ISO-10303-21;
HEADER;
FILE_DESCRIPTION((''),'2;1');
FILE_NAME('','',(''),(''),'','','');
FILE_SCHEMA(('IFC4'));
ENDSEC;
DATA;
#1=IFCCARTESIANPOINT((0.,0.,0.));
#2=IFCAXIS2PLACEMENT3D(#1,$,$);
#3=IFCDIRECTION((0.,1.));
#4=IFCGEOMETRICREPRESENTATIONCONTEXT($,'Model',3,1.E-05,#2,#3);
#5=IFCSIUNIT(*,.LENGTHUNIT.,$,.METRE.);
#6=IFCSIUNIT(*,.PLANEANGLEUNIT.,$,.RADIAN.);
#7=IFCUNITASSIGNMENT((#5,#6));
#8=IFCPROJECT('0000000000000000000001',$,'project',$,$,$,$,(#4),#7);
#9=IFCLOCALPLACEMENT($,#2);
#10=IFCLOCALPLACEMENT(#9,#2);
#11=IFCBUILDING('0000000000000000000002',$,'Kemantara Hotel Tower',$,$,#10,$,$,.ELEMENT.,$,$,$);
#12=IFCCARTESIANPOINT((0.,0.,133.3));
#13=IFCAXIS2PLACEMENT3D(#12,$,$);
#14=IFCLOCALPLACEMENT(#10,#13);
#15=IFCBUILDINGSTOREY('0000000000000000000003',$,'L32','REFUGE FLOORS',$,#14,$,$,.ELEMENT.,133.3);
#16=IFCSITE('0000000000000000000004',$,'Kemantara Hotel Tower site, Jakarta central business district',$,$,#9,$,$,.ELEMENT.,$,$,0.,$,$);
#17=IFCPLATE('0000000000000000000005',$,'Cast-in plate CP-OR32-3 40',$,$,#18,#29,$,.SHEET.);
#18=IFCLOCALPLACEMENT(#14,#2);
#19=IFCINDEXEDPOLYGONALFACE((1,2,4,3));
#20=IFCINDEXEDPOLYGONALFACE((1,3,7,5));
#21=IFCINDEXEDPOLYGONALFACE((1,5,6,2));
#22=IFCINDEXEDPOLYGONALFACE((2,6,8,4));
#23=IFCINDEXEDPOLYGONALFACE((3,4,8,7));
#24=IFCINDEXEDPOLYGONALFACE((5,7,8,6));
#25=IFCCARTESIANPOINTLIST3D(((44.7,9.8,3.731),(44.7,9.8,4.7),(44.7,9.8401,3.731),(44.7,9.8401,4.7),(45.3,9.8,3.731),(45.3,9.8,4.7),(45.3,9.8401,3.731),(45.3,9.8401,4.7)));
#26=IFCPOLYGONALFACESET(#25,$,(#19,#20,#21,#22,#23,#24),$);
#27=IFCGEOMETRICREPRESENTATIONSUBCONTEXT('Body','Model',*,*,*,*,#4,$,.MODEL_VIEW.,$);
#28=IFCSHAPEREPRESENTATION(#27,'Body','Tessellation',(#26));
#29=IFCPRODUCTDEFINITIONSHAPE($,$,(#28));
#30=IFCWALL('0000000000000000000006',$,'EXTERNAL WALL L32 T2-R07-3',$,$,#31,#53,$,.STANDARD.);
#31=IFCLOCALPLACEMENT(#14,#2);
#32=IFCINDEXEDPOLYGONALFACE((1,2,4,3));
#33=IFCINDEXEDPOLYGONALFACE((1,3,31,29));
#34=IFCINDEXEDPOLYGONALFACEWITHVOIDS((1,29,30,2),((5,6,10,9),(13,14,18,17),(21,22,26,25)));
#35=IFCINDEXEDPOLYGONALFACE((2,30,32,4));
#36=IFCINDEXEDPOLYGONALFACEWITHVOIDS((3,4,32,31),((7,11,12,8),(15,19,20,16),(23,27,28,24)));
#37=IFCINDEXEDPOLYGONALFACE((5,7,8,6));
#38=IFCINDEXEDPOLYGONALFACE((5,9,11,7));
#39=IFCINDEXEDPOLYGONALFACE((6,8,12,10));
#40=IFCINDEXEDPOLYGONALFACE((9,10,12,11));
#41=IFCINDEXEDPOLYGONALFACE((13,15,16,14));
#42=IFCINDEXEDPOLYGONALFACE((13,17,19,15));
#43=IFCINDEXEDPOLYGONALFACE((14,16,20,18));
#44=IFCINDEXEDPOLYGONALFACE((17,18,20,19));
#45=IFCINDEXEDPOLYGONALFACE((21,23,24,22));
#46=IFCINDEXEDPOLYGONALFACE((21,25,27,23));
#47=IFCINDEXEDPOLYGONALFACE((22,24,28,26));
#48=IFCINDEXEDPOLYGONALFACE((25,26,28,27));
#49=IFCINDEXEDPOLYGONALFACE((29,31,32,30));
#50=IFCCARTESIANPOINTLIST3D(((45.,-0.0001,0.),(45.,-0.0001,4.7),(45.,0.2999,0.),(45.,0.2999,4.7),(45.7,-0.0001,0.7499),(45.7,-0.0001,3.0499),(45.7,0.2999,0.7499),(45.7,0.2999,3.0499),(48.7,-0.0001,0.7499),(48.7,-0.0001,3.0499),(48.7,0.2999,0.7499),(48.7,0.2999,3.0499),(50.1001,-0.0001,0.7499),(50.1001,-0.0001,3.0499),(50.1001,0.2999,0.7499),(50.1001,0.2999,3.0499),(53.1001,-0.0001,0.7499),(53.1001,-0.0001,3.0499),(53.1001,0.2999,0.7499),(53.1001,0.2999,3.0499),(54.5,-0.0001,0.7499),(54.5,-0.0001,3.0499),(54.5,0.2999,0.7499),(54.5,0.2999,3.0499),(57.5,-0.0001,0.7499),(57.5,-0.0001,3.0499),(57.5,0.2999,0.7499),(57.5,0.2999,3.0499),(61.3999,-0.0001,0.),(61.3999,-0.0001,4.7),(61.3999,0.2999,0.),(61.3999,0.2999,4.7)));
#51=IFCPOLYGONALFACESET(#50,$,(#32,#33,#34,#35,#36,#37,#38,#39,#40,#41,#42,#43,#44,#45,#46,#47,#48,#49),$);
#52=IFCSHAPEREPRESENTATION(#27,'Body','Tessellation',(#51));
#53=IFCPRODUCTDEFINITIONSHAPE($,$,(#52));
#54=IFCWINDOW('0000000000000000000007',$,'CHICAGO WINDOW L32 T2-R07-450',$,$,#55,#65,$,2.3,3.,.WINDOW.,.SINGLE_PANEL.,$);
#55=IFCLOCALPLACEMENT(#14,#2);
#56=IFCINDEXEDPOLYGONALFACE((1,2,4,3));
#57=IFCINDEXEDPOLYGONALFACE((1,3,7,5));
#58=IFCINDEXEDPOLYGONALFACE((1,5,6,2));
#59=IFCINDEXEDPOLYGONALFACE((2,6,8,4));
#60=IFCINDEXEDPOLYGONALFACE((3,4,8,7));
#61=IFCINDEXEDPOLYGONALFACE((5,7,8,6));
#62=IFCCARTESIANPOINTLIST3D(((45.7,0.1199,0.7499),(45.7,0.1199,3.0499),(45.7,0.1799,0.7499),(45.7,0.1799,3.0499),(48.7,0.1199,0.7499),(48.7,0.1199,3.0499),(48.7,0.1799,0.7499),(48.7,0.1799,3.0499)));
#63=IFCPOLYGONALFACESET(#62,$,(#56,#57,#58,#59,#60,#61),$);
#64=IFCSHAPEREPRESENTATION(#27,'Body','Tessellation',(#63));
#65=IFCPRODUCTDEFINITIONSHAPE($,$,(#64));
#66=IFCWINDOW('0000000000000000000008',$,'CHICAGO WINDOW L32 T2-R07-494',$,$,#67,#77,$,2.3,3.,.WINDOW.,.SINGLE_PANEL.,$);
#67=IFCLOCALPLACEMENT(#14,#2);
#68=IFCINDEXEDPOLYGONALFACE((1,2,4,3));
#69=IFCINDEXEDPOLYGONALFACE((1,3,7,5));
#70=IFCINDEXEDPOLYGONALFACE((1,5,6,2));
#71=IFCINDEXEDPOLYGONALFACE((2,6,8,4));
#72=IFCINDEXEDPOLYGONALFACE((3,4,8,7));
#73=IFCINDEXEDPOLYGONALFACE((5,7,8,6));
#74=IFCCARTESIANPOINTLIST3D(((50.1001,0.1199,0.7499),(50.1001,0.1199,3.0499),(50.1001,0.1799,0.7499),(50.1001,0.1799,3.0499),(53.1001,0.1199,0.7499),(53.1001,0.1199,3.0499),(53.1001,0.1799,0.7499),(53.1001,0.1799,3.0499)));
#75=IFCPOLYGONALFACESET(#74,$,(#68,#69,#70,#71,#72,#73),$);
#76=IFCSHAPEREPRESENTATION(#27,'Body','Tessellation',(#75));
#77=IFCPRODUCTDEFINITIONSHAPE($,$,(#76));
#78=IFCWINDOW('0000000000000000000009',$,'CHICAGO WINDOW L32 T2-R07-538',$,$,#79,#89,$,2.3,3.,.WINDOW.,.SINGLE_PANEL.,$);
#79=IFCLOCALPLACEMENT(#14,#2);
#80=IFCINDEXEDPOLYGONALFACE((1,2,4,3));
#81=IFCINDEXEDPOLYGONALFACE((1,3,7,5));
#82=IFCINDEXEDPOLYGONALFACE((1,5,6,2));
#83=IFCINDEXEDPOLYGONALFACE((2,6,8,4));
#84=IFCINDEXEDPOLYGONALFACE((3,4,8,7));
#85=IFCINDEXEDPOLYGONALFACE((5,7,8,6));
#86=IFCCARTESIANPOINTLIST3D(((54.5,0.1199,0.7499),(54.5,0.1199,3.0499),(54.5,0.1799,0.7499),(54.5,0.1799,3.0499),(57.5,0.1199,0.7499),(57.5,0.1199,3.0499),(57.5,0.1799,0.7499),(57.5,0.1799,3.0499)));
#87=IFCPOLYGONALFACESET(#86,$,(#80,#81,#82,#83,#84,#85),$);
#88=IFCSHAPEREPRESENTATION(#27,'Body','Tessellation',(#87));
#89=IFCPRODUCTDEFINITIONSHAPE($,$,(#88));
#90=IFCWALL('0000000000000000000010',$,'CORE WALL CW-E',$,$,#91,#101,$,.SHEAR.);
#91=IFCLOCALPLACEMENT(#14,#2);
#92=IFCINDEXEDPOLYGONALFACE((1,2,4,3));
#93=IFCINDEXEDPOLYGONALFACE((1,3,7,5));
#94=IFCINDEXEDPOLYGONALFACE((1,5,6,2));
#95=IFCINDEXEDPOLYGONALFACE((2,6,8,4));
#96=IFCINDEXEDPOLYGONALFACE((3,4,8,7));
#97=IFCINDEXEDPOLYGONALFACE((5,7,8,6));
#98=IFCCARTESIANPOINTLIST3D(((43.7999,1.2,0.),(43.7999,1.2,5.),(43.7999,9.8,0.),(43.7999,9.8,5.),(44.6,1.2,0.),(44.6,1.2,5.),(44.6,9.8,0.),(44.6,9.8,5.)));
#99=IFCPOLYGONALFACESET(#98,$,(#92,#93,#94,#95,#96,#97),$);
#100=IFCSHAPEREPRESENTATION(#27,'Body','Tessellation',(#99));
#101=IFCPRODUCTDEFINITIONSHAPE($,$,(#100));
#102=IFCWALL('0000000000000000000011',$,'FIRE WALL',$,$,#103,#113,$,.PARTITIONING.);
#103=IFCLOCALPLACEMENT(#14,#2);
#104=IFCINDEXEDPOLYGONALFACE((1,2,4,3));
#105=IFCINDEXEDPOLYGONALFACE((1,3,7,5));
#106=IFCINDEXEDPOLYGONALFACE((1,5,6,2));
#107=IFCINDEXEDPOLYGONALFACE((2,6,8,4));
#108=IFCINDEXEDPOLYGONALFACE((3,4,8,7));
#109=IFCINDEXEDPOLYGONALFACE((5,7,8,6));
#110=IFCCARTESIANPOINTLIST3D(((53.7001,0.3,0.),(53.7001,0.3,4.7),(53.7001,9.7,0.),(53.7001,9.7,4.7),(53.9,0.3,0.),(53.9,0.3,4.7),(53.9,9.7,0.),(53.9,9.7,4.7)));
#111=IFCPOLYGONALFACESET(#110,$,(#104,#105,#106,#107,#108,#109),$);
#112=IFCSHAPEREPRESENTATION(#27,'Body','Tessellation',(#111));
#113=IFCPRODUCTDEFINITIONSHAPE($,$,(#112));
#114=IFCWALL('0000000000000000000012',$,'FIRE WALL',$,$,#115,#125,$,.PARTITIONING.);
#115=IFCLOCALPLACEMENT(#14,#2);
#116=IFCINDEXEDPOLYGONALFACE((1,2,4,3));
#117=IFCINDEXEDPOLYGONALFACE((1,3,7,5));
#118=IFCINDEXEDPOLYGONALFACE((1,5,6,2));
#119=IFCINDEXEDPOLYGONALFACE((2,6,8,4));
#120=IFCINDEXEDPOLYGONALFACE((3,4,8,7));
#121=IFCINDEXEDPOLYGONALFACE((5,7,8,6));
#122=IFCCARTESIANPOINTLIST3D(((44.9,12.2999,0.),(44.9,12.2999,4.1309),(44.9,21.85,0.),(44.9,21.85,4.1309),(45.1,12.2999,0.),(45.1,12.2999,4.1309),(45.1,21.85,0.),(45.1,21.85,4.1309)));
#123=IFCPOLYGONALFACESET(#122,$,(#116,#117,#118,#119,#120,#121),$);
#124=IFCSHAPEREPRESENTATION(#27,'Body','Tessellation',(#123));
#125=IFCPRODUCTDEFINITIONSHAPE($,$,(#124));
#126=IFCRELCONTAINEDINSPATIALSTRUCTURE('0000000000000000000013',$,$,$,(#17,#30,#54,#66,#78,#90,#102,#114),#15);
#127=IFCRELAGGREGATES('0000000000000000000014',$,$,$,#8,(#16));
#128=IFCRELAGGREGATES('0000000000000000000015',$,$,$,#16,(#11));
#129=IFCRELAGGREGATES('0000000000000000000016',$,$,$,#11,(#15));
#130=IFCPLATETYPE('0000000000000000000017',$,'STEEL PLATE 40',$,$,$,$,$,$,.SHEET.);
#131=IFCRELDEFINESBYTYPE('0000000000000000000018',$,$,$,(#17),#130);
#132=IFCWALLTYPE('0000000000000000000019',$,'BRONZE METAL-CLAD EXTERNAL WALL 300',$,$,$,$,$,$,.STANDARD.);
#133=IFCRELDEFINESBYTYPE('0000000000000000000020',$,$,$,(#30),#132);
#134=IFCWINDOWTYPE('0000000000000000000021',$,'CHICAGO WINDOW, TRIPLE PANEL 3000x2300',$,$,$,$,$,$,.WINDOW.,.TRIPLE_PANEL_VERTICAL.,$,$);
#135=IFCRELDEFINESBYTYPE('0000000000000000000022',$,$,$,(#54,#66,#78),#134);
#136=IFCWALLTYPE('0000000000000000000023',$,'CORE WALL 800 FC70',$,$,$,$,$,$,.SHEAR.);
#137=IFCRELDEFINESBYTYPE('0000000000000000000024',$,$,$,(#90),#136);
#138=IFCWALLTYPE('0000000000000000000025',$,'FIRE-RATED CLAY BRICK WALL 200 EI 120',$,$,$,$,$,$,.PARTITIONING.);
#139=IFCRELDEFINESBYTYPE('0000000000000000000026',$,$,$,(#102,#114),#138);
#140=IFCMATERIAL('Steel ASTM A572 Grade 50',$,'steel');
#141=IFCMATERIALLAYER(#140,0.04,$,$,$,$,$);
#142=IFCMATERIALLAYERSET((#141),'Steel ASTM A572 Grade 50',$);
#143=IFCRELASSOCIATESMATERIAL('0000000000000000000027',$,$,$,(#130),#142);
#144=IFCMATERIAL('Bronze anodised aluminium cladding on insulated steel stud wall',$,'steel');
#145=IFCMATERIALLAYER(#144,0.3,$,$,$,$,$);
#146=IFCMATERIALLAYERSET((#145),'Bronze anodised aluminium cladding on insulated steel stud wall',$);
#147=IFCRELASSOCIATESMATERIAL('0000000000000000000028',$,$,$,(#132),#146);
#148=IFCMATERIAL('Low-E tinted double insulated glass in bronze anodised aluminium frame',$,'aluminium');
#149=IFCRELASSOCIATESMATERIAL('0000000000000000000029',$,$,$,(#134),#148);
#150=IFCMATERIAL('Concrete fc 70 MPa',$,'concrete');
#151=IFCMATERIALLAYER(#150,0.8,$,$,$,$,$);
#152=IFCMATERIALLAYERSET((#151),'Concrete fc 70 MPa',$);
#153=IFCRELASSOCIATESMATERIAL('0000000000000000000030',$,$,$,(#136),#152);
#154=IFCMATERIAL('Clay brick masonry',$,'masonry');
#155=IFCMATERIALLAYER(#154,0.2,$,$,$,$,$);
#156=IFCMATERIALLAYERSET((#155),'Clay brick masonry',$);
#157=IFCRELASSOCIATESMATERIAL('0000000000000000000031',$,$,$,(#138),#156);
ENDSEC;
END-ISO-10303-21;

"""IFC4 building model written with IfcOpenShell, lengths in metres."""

from ifc_helpers import new_model, si_unit, direction, frame, frame_2d, origin, origin_2d, place, context, subcontext, project, spatial, rectangle, extrude, source, transform, mapped, material, layer, layer_set, type_object, element, fill, save


model = new_model("IFC4")

# Units and contexts
model_context = context("Model", 3, precision=1e-05, world=origin(), true_north=direction((0.0, 1.0)))
body_context = subcontext(model_context, "Body", "Model", "MODEL_VIEW")
ifc_project = project(units=[si_unit("LENGTHUNIT", "METRE"), si_unit("PLANEANGLEUNIT", "RADIAN")], contexts=[model_context])

# Site, building, storey
site_placement = place(None, origin())
site = spatial("IfcSite", under=ifc_project, at=site_placement, Name="Kemantara Hotel Tower site, Jakarta central business district", CompositionType="ELEMENT", RefElevation=0.0)
building_placement = place(site_placement, origin())
building = spatial("IfcBuilding", under=site, at=building_placement, Name="Kemantara Hotel Tower", CompositionType="ELEMENT")
storey_placement = place(building_placement, frame((0.0, 0.0, 133.3)))
storey = spatial("IfcBuildingStorey", under=building, at=storey_placement, Name="L32", Description="REFUGE FLOORS", CompositionType="ELEMENT", Elevation=133.3)

# Shared definitions
ifc_material_1 = material(Name="Concrete fc 70 MPa", Category="concrete")

# Plate
ifc_material_2 = material(Name="Steel ASTM A572 Grade 50", Category="steel")
ifc_layer_1 = layer(ifc_material_2, 0.04)
ifc_layer_set_1 = layer_set([ifc_layer_1], Name="Steel ASTM A572 Grade 50")
plate_type = type_object("IfcPlateType", Name="STEEL PLATE 40", PredefinedType="SHEET", material=ifc_layer_set_1)
shared_shape_1 = source(origin(), body_context, "Body", "SweptSolid", [
    extrude(rectangle(XDim=0.6001, YDim=0.04, at=origin_2d()), origin(), (0.0, 0.0, 1.0), 0.969),
])
plate_placement = place(storey_placement, frame((45.0, 9.8201, 3.731), z_axis=(0.0, 0.0, 1.0), x_axis=(1.0, 0.0, 0.0)))
element("IfcPlate", 1, at=plate_placement, inside=storey, type_object=plate_type, Name="Cast-in plate CP-OR32-3 40", PredefinedType="SHEET", context=body_context, shape_type="MappedRepresentation", body=[
    mapped(shared_shape_1, transform((0.0, 0.0, 0.0))),
])

# Wall, openings, windows
ifc_material_3 = material(Name="Bronze anodised aluminium cladding on insulated steel stud wall", Category="steel")
ifc_layer_2 = layer(ifc_material_3, 0.3)
ifc_layer_set_2 = layer_set([ifc_layer_2], Name="Bronze anodised aluminium cladding on insulated steel stud wall")
wall_type_1 = type_object("IfcWallType", Name="BRONZE METAL-CLAD EXTERNAL WALL 300", PredefinedType="STANDARD", material=ifc_layer_set_2)
wall_1_placement = place(storey_placement, frame((45.0, 0.1499, 0.0), z_axis=(0.0, 0.0, 1.0), x_axis=(1.0, 0.0, 0.0)))
wall_1 = element("IfcWall", 2, at=wall_1_placement, inside=storey, type_object=wall_type_1, Name="EXTERNAL WALL L32 T2-R07-3", PredefinedType="STANDARD", context=body_context, shape_type="SweptSolid", body=[
    extrude(rectangle(XDim=16.3999, YDim=0.3, at=frame_2d((8.2, 0.0))), origin(), (0.0, 0.0, 1.0), 4.7),
])
opening_1_placement = place(wall_1_placement, frame((0.7, 0.0, 0.75)))
opening_1 = element("IfcOpeningElement", 3, at=opening_1_placement, cuts=wall_1, PredefinedType="OPENING", context=body_context, shape_type="SweptSolid", body=[
    extrude(rectangle(XDim=3.0, YDim=2.3, at=frame_2d((1.5, 1.1499))), frame((0.0, 0.1599, 0.0), z_axis=(0.0, -1.0, 0.0), x_axis=(1.0, 0.0, 0.0)), (0.0, 0.0, 1.0), 0.3201),
])
opening_2_placement = place(wall_1_placement, frame((5.1001, 0.0, 0.75)))
opening_2 = element("IfcOpeningElement", 4, at=opening_2_placement, cuts=wall_1, PredefinedType="OPENING", context=body_context, shape_type="SweptSolid", body=[
    extrude(rectangle(XDim=3.0, YDim=2.3, at=frame_2d((1.5, 1.1499))), frame((0.0, 0.1599, 0.0), z_axis=(0.0, -1.0, 0.0), x_axis=(1.0, 0.0, 0.0)), (0.0, 0.0, 1.0), 0.3201),
])
opening_3_placement = place(wall_1_placement, frame((9.5, 0.0, 0.75)))
opening_3 = element("IfcOpeningElement", 5, at=opening_3_placement, cuts=wall_1, PredefinedType="OPENING", context=body_context, shape_type="SweptSolid", body=[
    extrude(rectangle(XDim=3.0, YDim=2.3, at=frame_2d((1.5, 1.1499))), frame((0.0, 0.1599, 0.0), z_axis=(0.0, -1.0, 0.0), x_axis=(1.0, 0.0, 0.0)), (0.0, 0.0, 1.0), 0.3201),
])
ifc_material_4 = material(Name="Low-E tinted double insulated glass in bronze anodised aluminium frame", Category="aluminium")
window_type = type_object("IfcWindowType", Name="CHICAGO WINDOW, TRIPLE PANEL 3000x2300", PartitioningType="TRIPLE_PANEL_VERTICAL", PredefinedType="WINDOW", material=ifc_material_4)
window_1_placement = place(opening_1_placement, origin())
window_1 = element("IfcWindow", 6, at=window_1_placement, inside=storey, type_object=window_type, Name="CHICAGO WINDOW L32 T2-R07-450", OverallHeight=2.3, OverallWidth=3.0, PartitioningType="SINGLE_PANEL", PredefinedType="WINDOW", context=body_context, shape_type="SweptSolid", body=[
    extrude(rectangle(XDim=3.0, YDim=2.3, at=frame_2d((1.5, 1.1499))), frame((0.0, 0.03, 0.0), z_axis=(0.0, -1.0, 0.0), x_axis=(1.0, 0.0, 0.0)), (0.0, 0.0, 1.0), 0.0601),
])
fill(opening_1, window_1)
window_2_placement = place(opening_2_placement, origin())
window_2 = element("IfcWindow", 7, at=window_2_placement, inside=storey, type_object=window_type, Name="CHICAGO WINDOW L32 T2-R07-494", OverallHeight=2.3, OverallWidth=3.0, PartitioningType="SINGLE_PANEL", PredefinedType="WINDOW", context=body_context, shape_type="SweptSolid", body=[
    extrude(rectangle(XDim=3.0, YDim=2.3, at=frame_2d((1.5, 1.1499))), frame((0.0, 0.03, 0.0), z_axis=(0.0, -1.0, 0.0), x_axis=(1.0, 0.0, 0.0)), (0.0, 0.0, 1.0), 0.0601),
])
fill(opening_2, window_2)
window_3_placement = place(opening_3_placement, origin())
window_3 = element("IfcWindow", 8, at=window_3_placement, inside=storey, type_object=window_type, Name="CHICAGO WINDOW L32 T2-R07-538", OverallHeight=2.3, OverallWidth=3.0, PartitioningType="SINGLE_PANEL", PredefinedType="WINDOW", context=body_context, shape_type="SweptSolid", body=[
    extrude(rectangle(XDim=3.0, YDim=2.3, at=frame_2d((1.5, 1.1499))), frame((0.0, 0.03, 0.0), z_axis=(0.0, -1.0, 0.0), x_axis=(1.0, 0.0, 0.0)), (0.0, 0.0, 1.0), 0.0601),
])
fill(opening_3, window_3)

# Walls
ifc_layer_3 = layer(ifc_material_1, 0.8)
ifc_layer_set_3 = layer_set([ifc_layer_3], Name="Concrete fc 70 MPa")
wall_type_2 = type_object("IfcWallType", Name="CORE WALL 800 FC70", PredefinedType="SHEAR", material=ifc_layer_set_3)
wall_2_placement = place(storey_placement, frame((44.2, 1.2, 0.0), z_axis=(0.0, 0.0, 1.0), x_axis=(0.0, 1.0, 0.0)))
element("IfcWall", 9, at=wall_2_placement, inside=storey, type_object=wall_type_2, Name="CORE WALL CW-E", PredefinedType="SHEAR", context=body_context, shape_type="SweptSolid", body=[
    extrude(rectangle(XDim=8.6001, YDim=0.8, at=frame_2d((4.3, 0.0))), origin(), (0.0, 0.0, 1.0), 5.0),
])
ifc_material_5 = material(Name="Clay brick masonry", Category="masonry")
ifc_layer_4 = layer(ifc_material_5, 0.2)
ifc_layer_set_4 = layer_set([ifc_layer_4], Name="Clay brick masonry")
wall_type_3 = type_object("IfcWallType", Name="FIRE-RATED CLAY BRICK WALL 200 EI 120", PredefinedType="PARTITIONING", material=ifc_layer_set_4)
wall_3_placement = place(storey_placement, frame((53.8, 0.3, 0.0), z_axis=(0.0, 0.0, 1.0), x_axis=(0.0, 1.0, 0.0)))
element("IfcWall", 10, at=wall_3_placement, inside=storey, type_object=wall_type_3, Name="FIRE WALL", PredefinedType="PARTITIONING", context=body_context, shape_type="SweptSolid", body=[
    extrude(rectangle(XDim=9.3999, YDim=0.2, at=frame_2d((4.7, 0.0))), origin(), (0.0, 0.0, 1.0), 4.7),
])
wall_4_placement = place(storey_placement, frame((45.0, 12.3, 0.0), z_axis=(0.0, 0.0, 1.0), x_axis=(0.0, 1.0, 0.0)))
element("IfcWall", 11, at=wall_4_placement, inside=storey, type_object=wall_type_3, Name="FIRE WALL", PredefinedType="PARTITIONING", context=body_context, shape_type="SweptSolid", body=[
    extrude(rectangle(XDim=9.55, YDim=0.2, at=frame_2d((4.7749, 0.0))), origin(), (0.0, 0.0, 1.0), 4.1309),
])

save(model, "model.ifc")
